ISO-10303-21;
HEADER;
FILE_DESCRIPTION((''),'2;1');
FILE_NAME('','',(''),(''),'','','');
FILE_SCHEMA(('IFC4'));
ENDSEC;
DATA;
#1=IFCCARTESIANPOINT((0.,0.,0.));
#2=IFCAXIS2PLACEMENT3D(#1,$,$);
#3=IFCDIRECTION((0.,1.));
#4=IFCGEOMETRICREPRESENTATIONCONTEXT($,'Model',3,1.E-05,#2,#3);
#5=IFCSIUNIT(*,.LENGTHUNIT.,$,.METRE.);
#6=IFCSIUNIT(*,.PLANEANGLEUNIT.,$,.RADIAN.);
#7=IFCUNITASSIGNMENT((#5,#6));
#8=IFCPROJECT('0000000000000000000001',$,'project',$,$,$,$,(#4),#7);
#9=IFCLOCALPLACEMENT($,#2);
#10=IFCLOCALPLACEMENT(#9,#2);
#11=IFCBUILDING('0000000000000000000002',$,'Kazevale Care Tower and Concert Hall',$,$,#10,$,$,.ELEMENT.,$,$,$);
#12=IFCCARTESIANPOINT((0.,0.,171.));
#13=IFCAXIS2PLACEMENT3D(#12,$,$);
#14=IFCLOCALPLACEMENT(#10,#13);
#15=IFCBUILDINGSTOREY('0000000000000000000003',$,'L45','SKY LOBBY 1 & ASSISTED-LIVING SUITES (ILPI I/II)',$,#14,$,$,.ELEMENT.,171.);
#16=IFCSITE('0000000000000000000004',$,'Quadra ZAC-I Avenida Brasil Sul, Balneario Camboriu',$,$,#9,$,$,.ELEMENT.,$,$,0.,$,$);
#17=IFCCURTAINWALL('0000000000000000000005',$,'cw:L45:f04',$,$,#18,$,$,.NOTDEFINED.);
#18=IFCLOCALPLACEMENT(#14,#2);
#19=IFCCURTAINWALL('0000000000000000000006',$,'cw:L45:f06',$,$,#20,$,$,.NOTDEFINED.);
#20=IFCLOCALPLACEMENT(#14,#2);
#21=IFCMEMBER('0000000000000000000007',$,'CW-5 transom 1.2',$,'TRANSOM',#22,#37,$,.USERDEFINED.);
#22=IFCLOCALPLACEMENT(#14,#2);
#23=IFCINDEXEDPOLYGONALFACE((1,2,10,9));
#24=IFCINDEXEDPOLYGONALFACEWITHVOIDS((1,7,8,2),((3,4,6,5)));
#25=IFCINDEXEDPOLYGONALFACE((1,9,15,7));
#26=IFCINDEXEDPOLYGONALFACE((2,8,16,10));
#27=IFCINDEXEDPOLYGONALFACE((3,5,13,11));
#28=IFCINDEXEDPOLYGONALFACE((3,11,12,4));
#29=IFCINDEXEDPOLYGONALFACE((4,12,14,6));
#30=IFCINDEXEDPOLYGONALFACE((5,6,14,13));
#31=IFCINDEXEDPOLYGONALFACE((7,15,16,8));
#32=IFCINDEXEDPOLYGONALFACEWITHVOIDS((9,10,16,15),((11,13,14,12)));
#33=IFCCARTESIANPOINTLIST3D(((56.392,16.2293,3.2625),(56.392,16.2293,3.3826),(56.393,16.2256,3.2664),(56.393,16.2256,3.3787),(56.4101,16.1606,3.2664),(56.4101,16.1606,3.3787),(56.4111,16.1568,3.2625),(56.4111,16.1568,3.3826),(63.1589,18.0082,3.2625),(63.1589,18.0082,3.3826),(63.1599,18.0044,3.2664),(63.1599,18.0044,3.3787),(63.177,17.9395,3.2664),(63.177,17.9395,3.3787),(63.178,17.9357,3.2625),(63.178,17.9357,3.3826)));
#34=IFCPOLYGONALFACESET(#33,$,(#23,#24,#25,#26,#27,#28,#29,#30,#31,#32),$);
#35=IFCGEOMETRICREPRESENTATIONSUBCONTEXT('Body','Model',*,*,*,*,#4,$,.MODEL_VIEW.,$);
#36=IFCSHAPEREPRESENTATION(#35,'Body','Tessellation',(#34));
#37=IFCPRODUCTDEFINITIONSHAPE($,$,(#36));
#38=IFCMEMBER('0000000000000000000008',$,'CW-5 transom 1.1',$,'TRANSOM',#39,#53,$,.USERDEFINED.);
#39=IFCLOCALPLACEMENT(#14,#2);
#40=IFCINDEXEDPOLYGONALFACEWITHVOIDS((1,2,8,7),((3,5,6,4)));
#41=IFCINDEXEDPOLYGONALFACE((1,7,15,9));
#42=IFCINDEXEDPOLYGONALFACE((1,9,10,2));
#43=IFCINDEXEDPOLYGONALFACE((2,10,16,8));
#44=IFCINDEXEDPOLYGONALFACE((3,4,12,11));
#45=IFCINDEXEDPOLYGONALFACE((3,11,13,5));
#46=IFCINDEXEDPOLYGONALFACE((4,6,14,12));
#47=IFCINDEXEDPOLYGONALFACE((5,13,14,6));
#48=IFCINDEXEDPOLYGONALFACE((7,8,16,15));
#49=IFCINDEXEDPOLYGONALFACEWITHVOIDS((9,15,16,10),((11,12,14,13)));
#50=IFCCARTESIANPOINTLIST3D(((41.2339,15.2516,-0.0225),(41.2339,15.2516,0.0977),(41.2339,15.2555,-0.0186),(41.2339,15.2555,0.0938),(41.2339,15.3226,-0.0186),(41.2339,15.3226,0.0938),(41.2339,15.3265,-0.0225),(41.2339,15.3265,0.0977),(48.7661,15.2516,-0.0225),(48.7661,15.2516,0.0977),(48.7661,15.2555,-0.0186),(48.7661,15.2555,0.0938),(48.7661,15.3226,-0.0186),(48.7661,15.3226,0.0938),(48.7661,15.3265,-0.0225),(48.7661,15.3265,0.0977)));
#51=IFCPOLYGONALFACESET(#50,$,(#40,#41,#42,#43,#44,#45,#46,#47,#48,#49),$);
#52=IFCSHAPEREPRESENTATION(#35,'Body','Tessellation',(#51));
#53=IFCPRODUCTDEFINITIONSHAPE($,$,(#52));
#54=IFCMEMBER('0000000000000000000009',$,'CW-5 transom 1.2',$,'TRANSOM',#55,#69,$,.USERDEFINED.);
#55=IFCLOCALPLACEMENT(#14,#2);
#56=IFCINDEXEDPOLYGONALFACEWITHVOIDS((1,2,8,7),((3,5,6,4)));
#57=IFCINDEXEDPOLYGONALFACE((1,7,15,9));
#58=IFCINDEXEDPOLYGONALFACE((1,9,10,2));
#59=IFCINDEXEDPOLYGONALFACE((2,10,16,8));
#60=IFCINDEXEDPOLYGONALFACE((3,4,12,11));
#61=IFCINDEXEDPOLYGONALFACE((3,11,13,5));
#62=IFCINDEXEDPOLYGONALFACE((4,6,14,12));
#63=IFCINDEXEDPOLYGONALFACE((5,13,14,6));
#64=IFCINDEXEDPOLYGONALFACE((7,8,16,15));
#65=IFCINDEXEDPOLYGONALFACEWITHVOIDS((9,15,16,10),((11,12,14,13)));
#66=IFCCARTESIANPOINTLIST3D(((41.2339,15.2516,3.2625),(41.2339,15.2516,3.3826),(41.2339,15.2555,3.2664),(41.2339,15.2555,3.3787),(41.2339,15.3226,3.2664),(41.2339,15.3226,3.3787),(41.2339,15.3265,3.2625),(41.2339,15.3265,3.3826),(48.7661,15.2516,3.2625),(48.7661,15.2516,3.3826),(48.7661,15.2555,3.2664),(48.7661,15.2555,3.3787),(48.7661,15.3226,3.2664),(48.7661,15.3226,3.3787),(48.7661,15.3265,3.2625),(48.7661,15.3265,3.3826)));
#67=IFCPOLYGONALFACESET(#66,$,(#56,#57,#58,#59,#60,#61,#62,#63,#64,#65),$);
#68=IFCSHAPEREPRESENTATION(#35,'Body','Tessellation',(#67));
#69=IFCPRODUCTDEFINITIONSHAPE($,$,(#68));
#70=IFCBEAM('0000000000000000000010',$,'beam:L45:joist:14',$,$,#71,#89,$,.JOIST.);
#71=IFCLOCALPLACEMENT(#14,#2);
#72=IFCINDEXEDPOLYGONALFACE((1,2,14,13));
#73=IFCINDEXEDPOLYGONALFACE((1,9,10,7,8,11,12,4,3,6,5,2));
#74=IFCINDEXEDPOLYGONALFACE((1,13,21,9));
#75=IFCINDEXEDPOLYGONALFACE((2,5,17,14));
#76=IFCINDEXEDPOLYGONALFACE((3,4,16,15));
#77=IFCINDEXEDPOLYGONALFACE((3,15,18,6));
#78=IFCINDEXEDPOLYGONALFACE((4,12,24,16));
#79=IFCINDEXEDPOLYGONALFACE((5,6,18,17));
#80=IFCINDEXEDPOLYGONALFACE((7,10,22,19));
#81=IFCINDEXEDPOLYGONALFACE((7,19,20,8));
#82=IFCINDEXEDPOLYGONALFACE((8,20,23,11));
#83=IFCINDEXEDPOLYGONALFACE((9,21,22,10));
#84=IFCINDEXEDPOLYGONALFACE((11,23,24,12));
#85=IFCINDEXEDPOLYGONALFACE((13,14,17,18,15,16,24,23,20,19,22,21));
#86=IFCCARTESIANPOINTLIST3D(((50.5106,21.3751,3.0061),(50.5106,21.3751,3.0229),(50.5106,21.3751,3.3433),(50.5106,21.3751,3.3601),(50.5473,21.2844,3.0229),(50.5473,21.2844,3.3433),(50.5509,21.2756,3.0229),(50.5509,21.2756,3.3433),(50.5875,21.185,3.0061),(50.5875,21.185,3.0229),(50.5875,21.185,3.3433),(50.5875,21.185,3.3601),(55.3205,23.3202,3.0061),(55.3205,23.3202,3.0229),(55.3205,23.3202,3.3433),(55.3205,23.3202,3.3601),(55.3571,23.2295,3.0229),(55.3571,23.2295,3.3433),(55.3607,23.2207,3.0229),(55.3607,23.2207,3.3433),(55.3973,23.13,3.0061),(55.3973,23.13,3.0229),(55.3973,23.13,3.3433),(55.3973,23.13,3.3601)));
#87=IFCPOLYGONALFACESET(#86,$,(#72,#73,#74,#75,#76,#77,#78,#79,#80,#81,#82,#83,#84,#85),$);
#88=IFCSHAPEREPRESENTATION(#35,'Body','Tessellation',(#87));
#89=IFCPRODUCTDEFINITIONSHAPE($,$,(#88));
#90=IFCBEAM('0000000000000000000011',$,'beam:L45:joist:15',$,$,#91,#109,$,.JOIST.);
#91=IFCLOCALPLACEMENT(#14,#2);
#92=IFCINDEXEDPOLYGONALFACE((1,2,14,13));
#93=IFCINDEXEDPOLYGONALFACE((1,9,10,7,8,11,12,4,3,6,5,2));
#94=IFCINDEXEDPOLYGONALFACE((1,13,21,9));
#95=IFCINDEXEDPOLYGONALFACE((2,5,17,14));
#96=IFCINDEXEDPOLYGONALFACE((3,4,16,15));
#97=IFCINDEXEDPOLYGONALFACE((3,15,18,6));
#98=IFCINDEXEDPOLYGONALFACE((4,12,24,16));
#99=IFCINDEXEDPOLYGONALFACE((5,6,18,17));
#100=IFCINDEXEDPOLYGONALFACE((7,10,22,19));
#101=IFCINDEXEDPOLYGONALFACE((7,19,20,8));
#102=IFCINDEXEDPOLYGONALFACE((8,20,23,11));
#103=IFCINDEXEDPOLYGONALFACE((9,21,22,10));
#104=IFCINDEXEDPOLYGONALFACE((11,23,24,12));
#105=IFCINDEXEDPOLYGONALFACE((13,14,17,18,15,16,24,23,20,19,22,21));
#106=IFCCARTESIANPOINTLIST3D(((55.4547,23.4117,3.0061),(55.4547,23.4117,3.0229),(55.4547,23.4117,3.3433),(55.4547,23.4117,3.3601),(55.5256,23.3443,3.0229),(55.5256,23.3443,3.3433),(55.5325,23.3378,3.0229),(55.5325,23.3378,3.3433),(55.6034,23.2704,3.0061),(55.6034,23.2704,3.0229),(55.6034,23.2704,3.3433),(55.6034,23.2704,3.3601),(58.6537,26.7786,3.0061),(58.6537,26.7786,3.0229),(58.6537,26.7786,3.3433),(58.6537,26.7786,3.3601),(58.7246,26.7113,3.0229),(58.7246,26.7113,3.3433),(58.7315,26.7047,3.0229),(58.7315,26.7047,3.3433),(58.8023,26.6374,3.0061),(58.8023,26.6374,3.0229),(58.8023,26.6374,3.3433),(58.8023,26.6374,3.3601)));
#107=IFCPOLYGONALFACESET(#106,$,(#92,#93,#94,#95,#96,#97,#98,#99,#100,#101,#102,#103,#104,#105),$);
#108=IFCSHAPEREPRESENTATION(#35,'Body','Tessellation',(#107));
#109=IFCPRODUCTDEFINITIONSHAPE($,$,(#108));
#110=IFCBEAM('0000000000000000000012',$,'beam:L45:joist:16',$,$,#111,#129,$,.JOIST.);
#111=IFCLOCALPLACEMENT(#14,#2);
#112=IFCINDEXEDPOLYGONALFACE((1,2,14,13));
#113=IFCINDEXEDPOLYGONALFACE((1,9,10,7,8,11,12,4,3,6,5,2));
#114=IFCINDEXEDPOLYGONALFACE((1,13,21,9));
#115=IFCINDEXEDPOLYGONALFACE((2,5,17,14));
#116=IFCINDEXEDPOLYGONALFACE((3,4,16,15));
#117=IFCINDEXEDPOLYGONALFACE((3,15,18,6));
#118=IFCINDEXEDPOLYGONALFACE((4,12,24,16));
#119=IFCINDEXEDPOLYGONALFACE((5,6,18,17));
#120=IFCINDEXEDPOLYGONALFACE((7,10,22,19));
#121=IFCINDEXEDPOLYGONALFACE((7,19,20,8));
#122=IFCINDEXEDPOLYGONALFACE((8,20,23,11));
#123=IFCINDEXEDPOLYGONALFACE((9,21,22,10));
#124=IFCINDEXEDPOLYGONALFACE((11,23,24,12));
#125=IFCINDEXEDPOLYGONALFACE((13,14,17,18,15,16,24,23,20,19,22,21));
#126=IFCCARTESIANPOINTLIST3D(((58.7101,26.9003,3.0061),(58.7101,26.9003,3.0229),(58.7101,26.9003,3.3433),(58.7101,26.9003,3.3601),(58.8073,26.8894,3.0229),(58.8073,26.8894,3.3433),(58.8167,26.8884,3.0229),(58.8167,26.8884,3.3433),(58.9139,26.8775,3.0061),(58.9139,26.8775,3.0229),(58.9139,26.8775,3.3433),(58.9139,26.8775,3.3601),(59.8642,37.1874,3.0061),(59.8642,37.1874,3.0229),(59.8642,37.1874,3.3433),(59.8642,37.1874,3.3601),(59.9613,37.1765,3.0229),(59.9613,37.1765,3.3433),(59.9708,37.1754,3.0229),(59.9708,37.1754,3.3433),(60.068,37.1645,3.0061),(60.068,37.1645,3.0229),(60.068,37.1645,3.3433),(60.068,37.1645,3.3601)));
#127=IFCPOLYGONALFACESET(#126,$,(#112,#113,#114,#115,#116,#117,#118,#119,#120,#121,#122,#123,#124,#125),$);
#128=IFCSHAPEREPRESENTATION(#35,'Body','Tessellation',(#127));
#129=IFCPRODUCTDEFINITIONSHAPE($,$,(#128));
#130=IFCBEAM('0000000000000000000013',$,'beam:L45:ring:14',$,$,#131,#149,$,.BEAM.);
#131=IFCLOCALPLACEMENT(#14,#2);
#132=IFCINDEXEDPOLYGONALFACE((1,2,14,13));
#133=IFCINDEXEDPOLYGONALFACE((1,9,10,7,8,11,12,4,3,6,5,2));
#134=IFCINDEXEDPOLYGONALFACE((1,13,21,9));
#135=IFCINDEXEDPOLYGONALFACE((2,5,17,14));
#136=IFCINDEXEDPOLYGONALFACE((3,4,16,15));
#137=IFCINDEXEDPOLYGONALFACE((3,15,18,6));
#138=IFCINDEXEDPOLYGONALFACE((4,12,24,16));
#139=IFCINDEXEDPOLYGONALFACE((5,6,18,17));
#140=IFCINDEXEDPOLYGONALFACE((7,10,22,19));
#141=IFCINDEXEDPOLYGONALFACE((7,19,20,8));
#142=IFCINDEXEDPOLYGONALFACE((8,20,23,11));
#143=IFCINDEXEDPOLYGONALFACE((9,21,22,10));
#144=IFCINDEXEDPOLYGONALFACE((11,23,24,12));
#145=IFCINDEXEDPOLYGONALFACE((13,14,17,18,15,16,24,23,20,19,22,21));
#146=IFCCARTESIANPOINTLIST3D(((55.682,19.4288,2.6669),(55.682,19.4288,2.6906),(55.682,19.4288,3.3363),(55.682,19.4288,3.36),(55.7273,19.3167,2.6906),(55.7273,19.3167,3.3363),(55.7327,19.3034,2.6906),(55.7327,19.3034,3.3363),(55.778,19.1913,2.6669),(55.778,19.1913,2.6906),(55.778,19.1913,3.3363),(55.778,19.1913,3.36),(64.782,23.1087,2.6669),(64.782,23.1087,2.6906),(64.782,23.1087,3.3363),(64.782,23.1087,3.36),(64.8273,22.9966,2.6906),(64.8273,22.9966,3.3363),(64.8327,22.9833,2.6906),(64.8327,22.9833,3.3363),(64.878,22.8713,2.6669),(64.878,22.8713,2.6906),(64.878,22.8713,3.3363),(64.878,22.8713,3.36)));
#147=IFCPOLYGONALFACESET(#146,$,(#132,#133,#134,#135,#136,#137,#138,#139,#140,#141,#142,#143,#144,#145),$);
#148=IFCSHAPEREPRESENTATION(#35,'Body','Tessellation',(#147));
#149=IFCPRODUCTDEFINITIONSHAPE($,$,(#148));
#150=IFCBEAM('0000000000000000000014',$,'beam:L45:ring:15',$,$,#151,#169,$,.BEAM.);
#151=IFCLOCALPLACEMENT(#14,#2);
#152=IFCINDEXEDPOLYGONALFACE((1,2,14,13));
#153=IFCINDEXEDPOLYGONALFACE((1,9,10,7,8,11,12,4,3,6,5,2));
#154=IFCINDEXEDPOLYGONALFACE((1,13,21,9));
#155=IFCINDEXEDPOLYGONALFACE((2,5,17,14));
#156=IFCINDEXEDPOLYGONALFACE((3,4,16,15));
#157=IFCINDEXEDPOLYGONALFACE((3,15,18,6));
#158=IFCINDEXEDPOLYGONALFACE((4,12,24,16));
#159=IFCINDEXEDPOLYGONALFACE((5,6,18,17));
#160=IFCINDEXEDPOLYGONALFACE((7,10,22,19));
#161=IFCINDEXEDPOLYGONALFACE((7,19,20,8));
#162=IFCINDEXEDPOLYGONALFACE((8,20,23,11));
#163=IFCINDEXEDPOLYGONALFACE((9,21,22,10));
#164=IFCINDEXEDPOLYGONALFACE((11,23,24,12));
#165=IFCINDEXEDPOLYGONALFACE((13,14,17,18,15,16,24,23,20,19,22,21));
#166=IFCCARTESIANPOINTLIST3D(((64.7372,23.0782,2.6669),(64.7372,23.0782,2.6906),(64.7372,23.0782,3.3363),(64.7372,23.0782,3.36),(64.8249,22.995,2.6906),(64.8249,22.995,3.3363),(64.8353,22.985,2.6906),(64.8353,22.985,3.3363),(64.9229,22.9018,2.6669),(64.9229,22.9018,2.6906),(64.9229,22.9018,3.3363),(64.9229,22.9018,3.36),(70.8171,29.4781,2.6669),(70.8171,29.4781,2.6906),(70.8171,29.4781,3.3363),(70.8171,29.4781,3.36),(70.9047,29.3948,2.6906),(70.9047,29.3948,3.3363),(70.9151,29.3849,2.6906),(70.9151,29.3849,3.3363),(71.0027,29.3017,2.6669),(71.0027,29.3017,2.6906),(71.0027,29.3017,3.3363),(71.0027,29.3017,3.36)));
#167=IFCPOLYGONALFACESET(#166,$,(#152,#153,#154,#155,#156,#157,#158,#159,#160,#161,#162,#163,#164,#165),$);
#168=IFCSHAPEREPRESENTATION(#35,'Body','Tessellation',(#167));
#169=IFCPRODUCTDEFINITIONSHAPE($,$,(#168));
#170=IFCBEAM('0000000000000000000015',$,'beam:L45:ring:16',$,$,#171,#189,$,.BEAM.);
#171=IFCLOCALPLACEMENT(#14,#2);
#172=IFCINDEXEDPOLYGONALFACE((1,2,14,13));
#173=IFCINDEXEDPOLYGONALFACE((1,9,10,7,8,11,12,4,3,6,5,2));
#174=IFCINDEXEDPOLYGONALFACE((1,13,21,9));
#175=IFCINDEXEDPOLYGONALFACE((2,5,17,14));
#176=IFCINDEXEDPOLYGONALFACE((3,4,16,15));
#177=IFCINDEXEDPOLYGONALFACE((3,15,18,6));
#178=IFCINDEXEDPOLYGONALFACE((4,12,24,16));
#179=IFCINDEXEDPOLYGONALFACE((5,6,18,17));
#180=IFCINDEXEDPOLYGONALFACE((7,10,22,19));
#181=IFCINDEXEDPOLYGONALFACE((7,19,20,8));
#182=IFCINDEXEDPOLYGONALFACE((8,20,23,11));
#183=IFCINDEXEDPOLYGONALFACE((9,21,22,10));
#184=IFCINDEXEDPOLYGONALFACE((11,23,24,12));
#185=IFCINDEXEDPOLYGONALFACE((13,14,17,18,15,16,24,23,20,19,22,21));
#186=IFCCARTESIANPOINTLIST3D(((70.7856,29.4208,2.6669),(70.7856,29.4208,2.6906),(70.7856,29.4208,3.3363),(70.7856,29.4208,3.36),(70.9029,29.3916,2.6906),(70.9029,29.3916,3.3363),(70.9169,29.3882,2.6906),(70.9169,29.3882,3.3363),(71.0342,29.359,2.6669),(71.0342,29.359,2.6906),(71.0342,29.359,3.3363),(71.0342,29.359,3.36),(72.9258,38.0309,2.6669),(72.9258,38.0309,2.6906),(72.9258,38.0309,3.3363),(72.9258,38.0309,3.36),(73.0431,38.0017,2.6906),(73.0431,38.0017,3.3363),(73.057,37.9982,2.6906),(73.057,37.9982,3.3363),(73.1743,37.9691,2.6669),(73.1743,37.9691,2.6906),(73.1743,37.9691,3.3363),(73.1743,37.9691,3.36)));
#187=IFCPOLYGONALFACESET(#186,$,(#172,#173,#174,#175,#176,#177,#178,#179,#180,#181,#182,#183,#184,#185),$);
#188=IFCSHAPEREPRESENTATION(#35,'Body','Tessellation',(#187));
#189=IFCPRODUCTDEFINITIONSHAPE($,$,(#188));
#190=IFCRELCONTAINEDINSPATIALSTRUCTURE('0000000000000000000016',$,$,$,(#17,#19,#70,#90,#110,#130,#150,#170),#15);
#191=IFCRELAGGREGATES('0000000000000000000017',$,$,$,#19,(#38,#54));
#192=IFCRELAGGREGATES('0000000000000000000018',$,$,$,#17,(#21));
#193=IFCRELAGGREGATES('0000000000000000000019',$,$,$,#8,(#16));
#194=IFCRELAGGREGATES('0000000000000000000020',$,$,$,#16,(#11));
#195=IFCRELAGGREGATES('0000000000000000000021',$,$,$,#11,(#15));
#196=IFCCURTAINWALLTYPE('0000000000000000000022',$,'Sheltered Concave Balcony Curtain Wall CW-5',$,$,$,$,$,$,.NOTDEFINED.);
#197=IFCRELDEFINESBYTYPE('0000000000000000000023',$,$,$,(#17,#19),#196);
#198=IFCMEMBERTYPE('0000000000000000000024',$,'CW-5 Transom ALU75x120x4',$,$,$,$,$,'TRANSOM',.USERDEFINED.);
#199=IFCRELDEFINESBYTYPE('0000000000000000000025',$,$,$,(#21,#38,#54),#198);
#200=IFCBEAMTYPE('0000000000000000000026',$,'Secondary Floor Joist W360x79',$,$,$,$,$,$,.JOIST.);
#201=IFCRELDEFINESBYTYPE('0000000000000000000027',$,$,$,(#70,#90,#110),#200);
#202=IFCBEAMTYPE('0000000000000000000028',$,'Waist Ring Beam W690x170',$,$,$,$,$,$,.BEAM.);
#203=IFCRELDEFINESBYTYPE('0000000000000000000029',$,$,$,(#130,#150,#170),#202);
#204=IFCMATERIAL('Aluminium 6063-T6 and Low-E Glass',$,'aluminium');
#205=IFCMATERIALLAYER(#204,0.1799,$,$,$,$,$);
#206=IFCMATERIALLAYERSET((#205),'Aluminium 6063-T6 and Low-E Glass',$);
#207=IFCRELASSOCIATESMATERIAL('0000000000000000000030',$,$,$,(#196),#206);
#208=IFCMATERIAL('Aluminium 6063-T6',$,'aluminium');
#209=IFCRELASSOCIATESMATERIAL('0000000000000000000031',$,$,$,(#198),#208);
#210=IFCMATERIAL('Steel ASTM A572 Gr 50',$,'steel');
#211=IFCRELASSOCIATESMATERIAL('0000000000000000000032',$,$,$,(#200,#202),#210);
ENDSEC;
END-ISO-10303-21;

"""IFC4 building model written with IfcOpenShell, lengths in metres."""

from ifc_helpers import new_model, si_unit, direction, frame, origin, origin_2d, place, context, subcontext, project, spatial, hollow_rectangle, i_section, extrude, material, layer, layer_set, material_profile, profile_set, type_object, element, aggregate, save


model = new_model("IFC4")

# Units and contexts
model_context = context("Model", 3, precision=1e-05, world=origin(), true_north=direction((0.0, 1.0)))
body_context = subcontext(model_context, "Body", "Model", "MODEL_VIEW")
ifc_project = project(units=[si_unit("LENGTHUNIT", "METRE"), si_unit("PLANEANGLEUNIT", "RADIAN")], contexts=[model_context])

# Site, building, storey
site_placement = place(None, origin())
site = spatial("IfcSite", under=ifc_project, at=site_placement, Name="Quadra ZAC-I Avenida Brasil Sul, Balneario Camboriu", CompositionType="ELEMENT", RefElevation=0.0)
building_placement = place(site_placement, origin())
building = spatial("IfcBuilding", under=site, at=building_placement, Name="Kazevale Care Tower and Concert Hall", CompositionType="ELEMENT")
storey_placement = place(building_placement, frame((0.0, 0.0, 171.0)))
storey = spatial("IfcBuildingStorey", under=building, at=storey_placement, Name="L45", Description="SKY LOBBY 1 & ASSISTED-LIVING SUITES (ILPI I/II)", CompositionType="ELEMENT", Elevation=171.0)

# Shared definitions
ifc_material_1 = material(Name="Aluminium 6063-T6 and Low-E Glass", Category="aluminium")
ifc_material_2 = material(Name="Aluminium 6063-T6", Category="aluminium")

# Curtain wall
ifc_layer_1 = layer(ifc_material_1, 0.1799)
ifc_layer_set_1 = layer_set([ifc_layer_1], Name="Aluminium 6063-T6 and Low-E Glass")
curtain_wall_type_1 = type_object("IfcCurtainWallType", Name="Sheltered Concave Balcony Curtain Wall CW-5", PredefinedType="NOTDEFINED", material=ifc_layer_set_1)
curtain_wall_1_placement = place(storey_placement, origin())
curtain_wall_1 = element("IfcCurtainWall", 1, at=curtain_wall_1_placement, inside=storey, type_object=curtain_wall_type_1, Name="cw:L45:f04", PredefinedType="NOTDEFINED")

# Curtain wall
curtain_wall_2_placement = place(storey_placement, origin())
curtain_wall_2 = element("IfcCurtainWall", 2, at=curtain_wall_2_placement, inside=storey, type_object=curtain_wall_type_1, Name="cw:L45:f06", PredefinedType="NOTDEFINED")

# Members
ifc_material_profile_1 = material_profile(ifc_material_2, hollow_rectangle(XDim=0.075, YDim=0.1201, WallThickness=0.0039, at=origin_2d()), Name="ALU75x120x4")
ifc_profile_set_1 = profile_set([ifc_material_profile_1], Name="Aluminium 6063-T6")
member_type_1 = type_object("IfcMemberType", Name="CW-5 Transom ALU75x120x4", ElementType="TRANSOM", PredefinedType="USERDEFINED", material=ifc_profile_set_1)
member_1_placement = place(storey_placement, frame((63.1685, 17.9719, 3.3225), z_axis=(-0.967143, -0.254234, 0.0), x_axis=(0.254234, -0.967143, 0.0)))
member_1 = element("IfcMember", 3, at=member_1_placement, type_object=member_type_1, Name="CW-5 transom 1.2", ObjectType="TRANSOM", PredefinedType="USERDEFINED", context=body_context, shape_type="SweptSolid", body=[
    extrude(hollow_rectangle(XDim=0.075, YDim=0.1201, WallThickness=0.0039, at=origin_2d()), origin(), (0.0, 0.0, 1.0), 6.9968),
])
member_2_placement = place(storey_placement, frame((48.7661, 15.2891, 0.0376), z_axis=(-1.0, 0.0, 0.0), x_axis=(0.0, -1.0, 0.0)))
member_2 = element("IfcMember", 4, at=member_2_placement, type_object=member_type_1, Name="CW-5 transom 1.1", ObjectType="TRANSOM", PredefinedType="USERDEFINED", context=body_context, shape_type="SweptSolid", body=[
    extrude(hollow_rectangle(XDim=0.075, YDim=0.1201, WallThickness=0.0039, at=origin_2d()), origin(), (0.0, 0.0, 1.0), 7.5322),
])
member_3_placement = place(storey_placement, frame((48.7661, 15.2891, 3.3225), z_axis=(-1.0, 0.0, 0.0), x_axis=(0.0, -1.0, 0.0)))
member_3 = element("IfcMember", 5, at=member_3_placement, type_object=member_type_1, Name="CW-5 transom 1.2", ObjectType="TRANSOM", PredefinedType="USERDEFINED", context=body_context, shape_type="SweptSolid", body=[
    extrude(hollow_rectangle(XDim=0.075, YDim=0.1201, WallThickness=0.0039, at=origin_2d()), origin(), (0.0, 0.0, 1.0), 7.5322),
])
aggregate(curtain_wall_2, [member_2, member_3])

# Beams
ifc_material_3 = material(Name="Steel ASTM A572 Gr 50", Category="steel")
ifc_material_profile_2 = material_profile(ifc_material_3, i_section(OverallWidth=0.2051, OverallDepth=0.354, WebThickness=0.0095, FlangeThickness=0.0168, at=origin_2d()), Name="W360x79")
ifc_profile_set_2 = profile_set([ifc_material_profile_2], Name="Steel ASTM A572 Gr 50")
beam_type_1 = type_object("IfcBeamType", Name="Secondary Floor Joist W360x79", PredefinedType="JOIST", material=ifc_profile_set_2)
beam_1_placement = place(storey_placement, frame((50.5491, 21.28, 3.1831), z_axis=(0.927065, 0.374901, 0.0), x_axis=(-0.374901, 0.927065, 0.0)))
element("IfcBeam", 6, at=beam_1_placement, inside=storey, type_object=beam_type_1, Name="beam:L45:joist:14", PredefinedType="JOIST", context=body_context, shape_type="SweptSolid", body=[
    extrude(i_section(OverallWidth=0.2051, OverallDepth=0.354, WebThickness=0.0095, FlangeThickness=0.0168, at=origin_2d()), origin(), (0.0, 0.0, 1.0), 5.1882),
])
beam_2_placement = place(storey_placement, frame((55.5291, 23.3411, 3.1831), z_axis=(0.688792, 0.724959, 0.0), x_axis=(-0.724959, 0.688792, 0.0)))
element("IfcBeam", 7, at=beam_2_placement, inside=storey, type_object=beam_type_1, Name="beam:L45:joist:15", PredefinedType="JOIST", context=body_context, shape_type="SweptSolid", body=[
    extrude(i_section(OverallWidth=0.2051, OverallDepth=0.354, WebThickness=0.0095, FlangeThickness=0.0168, at=origin_2d()), origin(), (0.0, 0.0, 1.0), 4.6443),
])
beam_3_placement = place(storey_placement, frame((58.812, 26.8889, 3.1831), z_axis=(0.111485, 0.993766, 0.0), x_axis=(-0.993766, 0.111485, 0.0)))
element("IfcBeam", 8, at=beam_3_placement, inside=storey, type_object=beam_type_1, Name="beam:L45:joist:16", PredefinedType="JOIST", context=body_context, shape_type="SweptSolid", body=[
    extrude(i_section(OverallWidth=0.2051, OverallDepth=0.354, WebThickness=0.0095, FlangeThickness=0.0168, at=origin_2d()), origin(), (0.0, 0.0, 1.0), 10.3516),
])
ifc_material_profile_3 = material_profile(ifc_material_3, i_section(OverallWidth=0.2561, OverallDepth=0.6931, WebThickness=0.0144, FlangeThickness=0.0237, at=origin_2d()), Name="W690x170")
ifc_profile_set_3 = profile_set([ifc_material_profile_3], Name="Steel ASTM A572 Gr 50")
beam_type_2 = type_object("IfcBeamType", Name="Waist Ring Beam W690x170", PredefinedType="BEAM", material=ifc_profile_set_3)
beam_4_placement = place(storey_placement, frame((55.73, 19.3101, 3.0134), z_axis=(0.927069, 0.374892, 0.0), x_axis=(-0.374892, 0.927069, 0.0)))
element("IfcBeam", 9, at=beam_4_placement, inside=storey, type_object=beam_type_2, Name="beam:L45:ring:14", PredefinedType="BEAM", context=body_context, shape_type="SweptSolid", body=[
    extrude(i_section(OverallWidth=0.2561, OverallDepth=0.6931, WebThickness=0.0144, FlangeThickness=0.0237, at=origin_2d()), origin(), (0.0, 0.0, 1.0), 9.8159),
])
beam_5_placement = place(storey_placement, frame((64.8301, 22.99, 3.0134), z_axis=(0.688745, 0.725004, 0.0), x_axis=(-0.725004, 0.688745, 0.0)))
element("IfcBeam", 10, at=beam_5_placement, inside=storey, type_object=beam_type_2, Name="beam:L45:ring:15", PredefinedType="BEAM", context=body_context, shape_type="SweptSolid", body=[
    extrude(i_section(OverallWidth=0.2561, OverallDepth=0.6931, WebThickness=0.0144, FlangeThickness=0.0237, at=origin_2d()), origin(), (0.0, 0.0, 1.0), 8.8274),
])
beam_6_placement = place(storey_placement, frame((70.9099, 29.3899, 3.0134), z_axis=(0.241221, 0.97047, 0.0), x_axis=(-0.97047, 0.241221, 0.0)))
element("IfcBeam", 11, at=beam_6_placement, inside=storey, type_object=beam_type_2, Name="beam:L45:ring:16", PredefinedType="BEAM", context=body_context, shape_type="SweptSolid", body=[
    extrude(i_section(OverallWidth=0.2561, OverallDepth=0.6931, WebThickness=0.0144, FlangeThickness=0.0237, at=origin_2d()), origin(), (0.0, 0.0, 1.0), 8.8721),
])

aggregate(curtain_wall_1, [member_1])

save(model, "model.ifc")
